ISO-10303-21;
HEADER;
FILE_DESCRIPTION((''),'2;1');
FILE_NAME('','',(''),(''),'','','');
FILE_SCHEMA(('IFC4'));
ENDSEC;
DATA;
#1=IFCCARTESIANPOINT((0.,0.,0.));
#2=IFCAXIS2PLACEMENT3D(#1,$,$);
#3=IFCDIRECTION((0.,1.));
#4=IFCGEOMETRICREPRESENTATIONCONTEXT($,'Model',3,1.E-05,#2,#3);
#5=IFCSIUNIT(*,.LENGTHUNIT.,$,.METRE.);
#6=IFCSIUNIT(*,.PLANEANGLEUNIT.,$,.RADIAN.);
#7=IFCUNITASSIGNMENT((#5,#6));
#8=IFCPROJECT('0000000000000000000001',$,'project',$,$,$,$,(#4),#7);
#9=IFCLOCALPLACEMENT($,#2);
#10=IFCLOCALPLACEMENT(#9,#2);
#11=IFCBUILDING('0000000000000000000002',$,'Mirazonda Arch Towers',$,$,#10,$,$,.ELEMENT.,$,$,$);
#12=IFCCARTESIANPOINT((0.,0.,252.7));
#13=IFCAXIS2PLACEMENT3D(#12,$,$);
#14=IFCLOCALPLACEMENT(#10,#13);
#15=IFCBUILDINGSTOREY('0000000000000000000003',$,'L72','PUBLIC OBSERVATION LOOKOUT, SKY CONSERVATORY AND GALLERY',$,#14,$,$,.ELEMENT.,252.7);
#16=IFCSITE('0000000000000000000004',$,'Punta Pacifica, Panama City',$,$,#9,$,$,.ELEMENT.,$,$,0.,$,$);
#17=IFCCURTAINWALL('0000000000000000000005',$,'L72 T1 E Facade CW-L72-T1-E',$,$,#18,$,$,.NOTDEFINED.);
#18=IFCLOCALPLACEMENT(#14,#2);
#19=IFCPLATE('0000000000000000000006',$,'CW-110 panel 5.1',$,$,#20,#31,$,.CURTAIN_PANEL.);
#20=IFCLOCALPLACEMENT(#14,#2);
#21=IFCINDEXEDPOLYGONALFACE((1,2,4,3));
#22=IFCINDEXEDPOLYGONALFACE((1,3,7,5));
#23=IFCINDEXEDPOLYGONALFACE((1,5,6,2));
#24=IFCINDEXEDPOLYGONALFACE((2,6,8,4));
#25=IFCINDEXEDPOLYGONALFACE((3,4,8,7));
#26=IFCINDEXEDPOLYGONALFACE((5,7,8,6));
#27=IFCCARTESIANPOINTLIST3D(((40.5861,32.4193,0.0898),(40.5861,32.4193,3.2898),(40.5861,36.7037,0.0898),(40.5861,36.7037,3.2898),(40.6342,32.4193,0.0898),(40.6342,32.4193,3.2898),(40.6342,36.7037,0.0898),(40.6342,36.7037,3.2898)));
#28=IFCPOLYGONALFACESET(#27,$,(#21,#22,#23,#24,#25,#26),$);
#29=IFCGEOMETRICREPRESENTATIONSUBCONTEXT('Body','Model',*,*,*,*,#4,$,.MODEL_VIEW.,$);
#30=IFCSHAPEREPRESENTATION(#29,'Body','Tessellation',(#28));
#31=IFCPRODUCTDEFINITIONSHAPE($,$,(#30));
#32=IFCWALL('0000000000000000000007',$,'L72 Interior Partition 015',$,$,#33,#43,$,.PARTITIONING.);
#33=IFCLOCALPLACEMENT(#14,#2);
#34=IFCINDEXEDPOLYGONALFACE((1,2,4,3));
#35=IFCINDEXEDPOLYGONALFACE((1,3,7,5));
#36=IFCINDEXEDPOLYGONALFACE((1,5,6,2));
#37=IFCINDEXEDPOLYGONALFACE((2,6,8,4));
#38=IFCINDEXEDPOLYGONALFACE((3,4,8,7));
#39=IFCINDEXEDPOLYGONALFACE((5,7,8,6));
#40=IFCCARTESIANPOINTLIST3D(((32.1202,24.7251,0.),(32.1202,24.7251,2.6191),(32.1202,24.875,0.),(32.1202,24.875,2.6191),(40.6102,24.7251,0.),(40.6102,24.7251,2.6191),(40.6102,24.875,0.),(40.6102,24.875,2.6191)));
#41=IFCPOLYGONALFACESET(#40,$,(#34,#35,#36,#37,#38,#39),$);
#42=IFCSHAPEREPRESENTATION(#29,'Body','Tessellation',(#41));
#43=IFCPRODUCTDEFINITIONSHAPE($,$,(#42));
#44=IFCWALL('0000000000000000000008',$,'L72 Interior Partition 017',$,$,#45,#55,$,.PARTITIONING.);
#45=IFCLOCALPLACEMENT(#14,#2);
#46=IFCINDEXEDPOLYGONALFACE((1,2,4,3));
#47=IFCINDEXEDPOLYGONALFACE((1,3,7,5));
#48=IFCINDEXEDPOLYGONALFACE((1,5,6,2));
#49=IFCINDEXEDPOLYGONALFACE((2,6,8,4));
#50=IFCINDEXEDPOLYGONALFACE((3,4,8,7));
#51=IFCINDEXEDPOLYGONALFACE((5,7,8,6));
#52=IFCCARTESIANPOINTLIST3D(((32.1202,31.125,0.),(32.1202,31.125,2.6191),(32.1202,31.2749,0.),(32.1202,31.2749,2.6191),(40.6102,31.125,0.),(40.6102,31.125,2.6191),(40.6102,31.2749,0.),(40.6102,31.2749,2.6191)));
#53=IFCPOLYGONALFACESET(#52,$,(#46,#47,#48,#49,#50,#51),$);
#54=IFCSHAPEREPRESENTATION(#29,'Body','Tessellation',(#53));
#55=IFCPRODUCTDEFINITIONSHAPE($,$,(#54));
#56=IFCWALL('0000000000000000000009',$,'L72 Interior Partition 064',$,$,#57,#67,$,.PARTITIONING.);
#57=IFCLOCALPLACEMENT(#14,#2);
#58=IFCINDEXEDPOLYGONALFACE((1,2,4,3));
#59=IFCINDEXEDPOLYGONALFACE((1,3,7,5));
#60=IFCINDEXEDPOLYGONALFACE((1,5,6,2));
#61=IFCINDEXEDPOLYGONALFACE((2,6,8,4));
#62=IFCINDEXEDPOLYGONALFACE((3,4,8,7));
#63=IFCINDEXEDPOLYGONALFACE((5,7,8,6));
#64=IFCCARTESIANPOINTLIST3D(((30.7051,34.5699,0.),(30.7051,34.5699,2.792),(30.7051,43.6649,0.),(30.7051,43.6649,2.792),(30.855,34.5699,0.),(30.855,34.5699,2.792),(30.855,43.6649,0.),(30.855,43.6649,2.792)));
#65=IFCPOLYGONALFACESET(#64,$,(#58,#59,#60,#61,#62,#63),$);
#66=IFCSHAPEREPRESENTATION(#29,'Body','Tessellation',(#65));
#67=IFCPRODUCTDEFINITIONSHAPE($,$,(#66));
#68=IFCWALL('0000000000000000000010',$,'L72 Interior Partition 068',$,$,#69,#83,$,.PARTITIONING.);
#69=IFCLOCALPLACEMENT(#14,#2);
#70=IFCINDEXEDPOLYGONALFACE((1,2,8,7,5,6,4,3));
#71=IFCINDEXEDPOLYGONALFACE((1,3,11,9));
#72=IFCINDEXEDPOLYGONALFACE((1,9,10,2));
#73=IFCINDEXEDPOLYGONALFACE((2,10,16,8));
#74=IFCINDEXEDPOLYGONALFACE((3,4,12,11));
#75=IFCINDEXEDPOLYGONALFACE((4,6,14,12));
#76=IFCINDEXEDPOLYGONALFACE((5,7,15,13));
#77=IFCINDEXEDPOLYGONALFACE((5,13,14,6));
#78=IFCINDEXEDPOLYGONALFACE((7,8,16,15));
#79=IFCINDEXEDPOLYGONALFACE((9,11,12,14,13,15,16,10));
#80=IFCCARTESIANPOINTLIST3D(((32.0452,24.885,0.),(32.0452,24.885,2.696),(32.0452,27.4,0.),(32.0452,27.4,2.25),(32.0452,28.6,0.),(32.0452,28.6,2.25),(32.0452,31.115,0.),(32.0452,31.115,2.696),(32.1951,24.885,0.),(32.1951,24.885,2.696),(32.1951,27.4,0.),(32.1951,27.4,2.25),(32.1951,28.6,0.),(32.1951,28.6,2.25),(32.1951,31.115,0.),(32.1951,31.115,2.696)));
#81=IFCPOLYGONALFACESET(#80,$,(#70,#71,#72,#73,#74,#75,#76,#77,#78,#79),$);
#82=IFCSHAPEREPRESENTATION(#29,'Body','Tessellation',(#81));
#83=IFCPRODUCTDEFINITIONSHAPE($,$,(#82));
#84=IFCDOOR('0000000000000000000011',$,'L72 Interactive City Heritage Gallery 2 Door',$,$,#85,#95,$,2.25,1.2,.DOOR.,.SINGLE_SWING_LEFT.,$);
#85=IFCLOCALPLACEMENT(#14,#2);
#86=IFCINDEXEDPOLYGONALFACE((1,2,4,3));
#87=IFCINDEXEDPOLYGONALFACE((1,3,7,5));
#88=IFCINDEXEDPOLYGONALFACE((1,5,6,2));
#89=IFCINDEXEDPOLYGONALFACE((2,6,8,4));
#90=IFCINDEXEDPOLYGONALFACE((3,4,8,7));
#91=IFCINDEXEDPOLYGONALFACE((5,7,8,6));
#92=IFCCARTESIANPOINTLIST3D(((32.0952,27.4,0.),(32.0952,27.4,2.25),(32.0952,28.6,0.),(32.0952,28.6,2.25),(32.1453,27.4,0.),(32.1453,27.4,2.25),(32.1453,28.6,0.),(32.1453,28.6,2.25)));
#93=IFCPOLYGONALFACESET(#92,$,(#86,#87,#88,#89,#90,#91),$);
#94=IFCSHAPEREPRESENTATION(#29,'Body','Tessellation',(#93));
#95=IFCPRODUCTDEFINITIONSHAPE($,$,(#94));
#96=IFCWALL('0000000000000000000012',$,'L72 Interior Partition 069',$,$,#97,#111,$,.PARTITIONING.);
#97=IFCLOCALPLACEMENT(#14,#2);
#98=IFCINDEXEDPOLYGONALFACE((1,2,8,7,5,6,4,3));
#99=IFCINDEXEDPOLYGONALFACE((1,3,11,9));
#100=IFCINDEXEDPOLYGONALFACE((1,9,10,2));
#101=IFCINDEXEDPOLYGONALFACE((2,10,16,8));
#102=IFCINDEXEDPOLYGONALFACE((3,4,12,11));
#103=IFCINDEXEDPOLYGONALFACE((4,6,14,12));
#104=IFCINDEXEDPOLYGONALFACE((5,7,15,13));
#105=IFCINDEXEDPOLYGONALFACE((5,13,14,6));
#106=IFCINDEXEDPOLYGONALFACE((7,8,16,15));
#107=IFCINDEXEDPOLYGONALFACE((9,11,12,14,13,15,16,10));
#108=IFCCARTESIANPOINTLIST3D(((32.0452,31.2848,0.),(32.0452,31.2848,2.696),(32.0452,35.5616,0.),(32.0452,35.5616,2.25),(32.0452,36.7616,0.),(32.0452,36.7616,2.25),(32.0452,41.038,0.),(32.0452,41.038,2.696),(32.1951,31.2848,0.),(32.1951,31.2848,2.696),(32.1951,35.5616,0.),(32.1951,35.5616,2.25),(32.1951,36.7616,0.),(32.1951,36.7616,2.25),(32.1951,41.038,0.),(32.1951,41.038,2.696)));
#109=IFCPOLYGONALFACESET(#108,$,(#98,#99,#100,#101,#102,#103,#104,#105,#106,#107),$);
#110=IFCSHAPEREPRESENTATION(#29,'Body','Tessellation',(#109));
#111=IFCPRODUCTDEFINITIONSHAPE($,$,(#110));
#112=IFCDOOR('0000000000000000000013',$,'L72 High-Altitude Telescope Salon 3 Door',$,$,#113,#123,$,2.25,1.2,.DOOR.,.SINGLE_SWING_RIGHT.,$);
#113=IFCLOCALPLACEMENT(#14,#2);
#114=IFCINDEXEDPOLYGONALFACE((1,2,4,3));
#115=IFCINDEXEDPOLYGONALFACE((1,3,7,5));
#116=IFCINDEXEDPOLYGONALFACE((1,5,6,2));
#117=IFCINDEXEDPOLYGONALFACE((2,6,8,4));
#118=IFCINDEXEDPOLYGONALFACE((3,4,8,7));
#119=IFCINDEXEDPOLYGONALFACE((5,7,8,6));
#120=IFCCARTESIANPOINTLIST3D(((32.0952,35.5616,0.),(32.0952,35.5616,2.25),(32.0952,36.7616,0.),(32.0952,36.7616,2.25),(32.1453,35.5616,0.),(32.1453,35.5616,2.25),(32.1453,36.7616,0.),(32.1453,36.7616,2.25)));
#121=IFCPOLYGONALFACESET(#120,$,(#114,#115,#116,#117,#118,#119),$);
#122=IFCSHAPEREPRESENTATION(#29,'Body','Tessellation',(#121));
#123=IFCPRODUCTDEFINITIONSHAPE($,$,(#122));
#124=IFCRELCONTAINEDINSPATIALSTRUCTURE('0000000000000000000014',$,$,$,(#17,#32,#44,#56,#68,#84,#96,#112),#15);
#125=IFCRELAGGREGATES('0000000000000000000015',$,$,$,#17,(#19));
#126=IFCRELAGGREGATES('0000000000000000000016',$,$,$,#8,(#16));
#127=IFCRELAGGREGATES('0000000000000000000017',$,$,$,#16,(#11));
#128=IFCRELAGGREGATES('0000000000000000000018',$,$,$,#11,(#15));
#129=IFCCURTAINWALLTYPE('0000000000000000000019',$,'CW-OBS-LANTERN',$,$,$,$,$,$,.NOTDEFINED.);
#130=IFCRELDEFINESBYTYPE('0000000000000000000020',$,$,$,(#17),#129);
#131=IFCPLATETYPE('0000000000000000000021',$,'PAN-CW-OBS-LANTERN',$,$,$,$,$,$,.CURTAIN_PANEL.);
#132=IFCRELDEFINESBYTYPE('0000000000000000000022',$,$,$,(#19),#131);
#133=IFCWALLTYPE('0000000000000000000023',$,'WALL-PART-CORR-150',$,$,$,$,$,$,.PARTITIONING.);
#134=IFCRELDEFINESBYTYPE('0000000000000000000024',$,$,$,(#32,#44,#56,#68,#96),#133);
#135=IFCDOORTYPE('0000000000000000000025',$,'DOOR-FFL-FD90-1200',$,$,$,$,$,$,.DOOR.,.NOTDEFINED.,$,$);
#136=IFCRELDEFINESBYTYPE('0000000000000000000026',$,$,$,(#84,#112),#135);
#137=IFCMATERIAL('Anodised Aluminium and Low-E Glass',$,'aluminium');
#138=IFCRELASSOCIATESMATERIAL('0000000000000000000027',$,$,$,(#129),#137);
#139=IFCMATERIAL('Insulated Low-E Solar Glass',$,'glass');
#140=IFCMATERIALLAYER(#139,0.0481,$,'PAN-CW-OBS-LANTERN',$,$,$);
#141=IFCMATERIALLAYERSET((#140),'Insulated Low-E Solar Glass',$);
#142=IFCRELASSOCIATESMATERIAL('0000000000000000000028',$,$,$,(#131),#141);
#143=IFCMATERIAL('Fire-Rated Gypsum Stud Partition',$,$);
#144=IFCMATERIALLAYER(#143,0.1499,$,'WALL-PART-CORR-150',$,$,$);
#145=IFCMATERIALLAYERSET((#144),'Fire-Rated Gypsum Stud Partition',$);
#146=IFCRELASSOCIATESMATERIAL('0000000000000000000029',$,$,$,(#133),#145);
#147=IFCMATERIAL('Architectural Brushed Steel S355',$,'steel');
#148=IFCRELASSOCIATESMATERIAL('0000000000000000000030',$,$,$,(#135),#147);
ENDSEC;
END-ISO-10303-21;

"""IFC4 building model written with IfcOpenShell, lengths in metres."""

from ifc_helpers import new_model, si_unit, direction, frame, frame_2d, origin, origin_2d, place, context, subcontext, project, spatial, rectangle, extrude, material, layer, layer_set, type_object, element, fill, aggregate, save


model = new_model("IFC4")

# Units and contexts
model_context = context("Model", 3, precision=1e-05, world=origin(), true_north=direction((0.0, 1.0)))
body_context = subcontext(model_context, "Body", "Model", "MODEL_VIEW")
ifc_project = project(units=[si_unit("LENGTHUNIT", "METRE"), si_unit("PLANEANGLEUNIT", "RADIAN")], contexts=[model_context])

# Site, building, storey
site_placement = place(None, origin())
site = spatial("IfcSite", under=ifc_project, at=site_placement, Name="Punta Pacifica, Panama City", CompositionType="ELEMENT", RefElevation=0.0)
building_placement = place(site_placement, origin())
building = spatial("IfcBuilding", under=site, at=building_placement, Name="Mirazonda Arch Towers", CompositionType="ELEMENT")
storey_placement = place(building_placement, frame((0.0, 0.0, 252.7)))
storey = spatial("IfcBuildingStorey", under=building, at=storey_placement, Name="L72", Description="PUBLIC OBSERVATION LOOKOUT, SKY CONSERVATORY AND GALLERY", CompositionType="ELEMENT", Elevation=252.7)

# Curtain wall, plate
ifc_material_1 = material(Name="Anodised Aluminium and Low-E Glass", Category="aluminium")
curtain_wall_type = type_object("IfcCurtainWallType", Name="CW-OBS-LANTERN", PredefinedType="NOTDEFINED", material=ifc_material_1)
curtain_wall_placement = place(storey_placement, origin())
curtain_wall = element("IfcCurtainWall", 1, at=curtain_wall_placement, inside=storey, type_object=curtain_wall_type, Name="L72 T1 E Facade CW-L72-T1-E", PredefinedType="NOTDEFINED")
ifc_material_2 = material(Name="Insulated Low-E Solar Glass", Category="glass")
ifc_layer_1 = layer(ifc_material_2, 0.0481, Name="PAN-CW-OBS-LANTERN")
ifc_layer_set_1 = layer_set([ifc_layer_1], Name="Insulated Low-E Solar Glass")
plate_type = type_object("IfcPlateType", Name="PAN-CW-OBS-LANTERN", PredefinedType="CURTAIN_PANEL", material=ifc_layer_set_1)
plate_1_placement = place(storey_placement, frame((40.6101, 34.5615, 0.0898), z_axis=(0.0, 0.0, 1.0), x_axis=(0.0, 1.0, 0.0)))
plate_1 = element("IfcPlate", 2, at=plate_1_placement, type_object=plate_type, Name="CW-110 panel 5.1", PredefinedType="CURTAIN_PANEL", context=body_context, shape_type="SweptSolid", body=[
    extrude(rectangle(XDim=4.2844, YDim=0.0481, at=origin_2d()), origin(), (0.0, 0.0, 1.0), 3.2),
])
aggregate(curtain_wall, [plate_1])

# Walls
ifc_material_3 = material(Name="Fire-Rated Gypsum Stud Partition")
ifc_layer_2 = layer(ifc_material_3, 0.1499, Name="WALL-PART-CORR-150")
ifc_layer_set_2 = layer_set([ifc_layer_2], Name="Fire-Rated Gypsum Stud Partition")
wall_type = type_object("IfcWallType", Name="WALL-PART-CORR-150", PredefinedType="PARTITIONING", material=ifc_layer_set_2)
for number, where, z_axis, x_axis, name in (
    (3, (32.1201, 24.8, 0.0), (0.0, 0.0, 1.0), (1.0, 0.0, 0.0), "L72 Interior Partition 015"),
    (4, (32.1201, 31.2, 0.0), (0.0, 0.0, 1.0), (1.0, 0.0, 0.0), "L72 Interior Partition 017"),
):
    element("IfcWall", number, at=place(storey_placement, frame(where, z_axis=z_axis, x_axis=x_axis)), inside=storey, type_object=wall_type, Name=name, PredefinedType="PARTITIONING", context=body_context, shape_type="SweptSolid", body=[
        extrude(rectangle(XDim=8.49, YDim=0.1499, at=frame_2d((4.2451, 0.0))), origin(), (0.0, 0.0, 1.0), 2.6191),
    ])
wall_1_placement = place(storey_placement, frame((30.78, 34.5701, 0.0), z_axis=(0.0, 0.0, 1.0), x_axis=(0.0, 1.0, 0.0)))
element("IfcWall", 5, at=wall_1_placement, inside=storey, type_object=wall_type, Name="L72 Interior Partition 064", PredefinedType="PARTITIONING", context=body_context, shape_type="SweptSolid", body=[
    extrude(rectangle(XDim=9.095, YDim=0.1499, at=frame_2d((4.5474, 0.0))), origin(), (0.0, 0.0, 1.0), 2.792),
])

# Walls, openings, doors
wall_2_placement = place(storey_placement, frame((32.1201, 24.885, 0.0), z_axis=(0.0, 0.0, 1.0), x_axis=(0.0, 1.0, 0.0)))
wall_2 = element("IfcWall", 6, at=wall_2_placement, inside=storey, type_object=wall_type, Name="L72 Interior Partition 068", PredefinedType="PARTITIONING", context=body_context, shape_type="SweptSolid", body=[
    extrude(rectangle(XDim=6.23, YDim=0.1499, at=frame_2d((3.115, 0.0))), origin(), (0.0, 0.0, 1.0), 2.696),
])
opening_1_placement = place(wall_2_placement, frame((2.5149, 0.0, 0.0)))
opening_1 = element("IfcOpeningElement", 7, at=opening_1_placement, cuts=wall_2, PredefinedType="OPENING", context=body_context, shape_type="SweptSolid", body=[
    extrude(rectangle(XDim=1.2, YDim=2.25, at=frame_2d((0.6001, 1.125))), frame((0.0, 0.085, 0.0), z_axis=(0.0, -1.0, 0.0), x_axis=(1.0, 0.0, 0.0)), (0.0, 0.0, 1.0), 0.1699),
])
ifc_material_4 = material(Name="Architectural Brushed Steel S355", Category="steel")
door_type = type_object("IfcDoorType", Name="DOOR-FFL-FD90-1200", OperationType="NOTDEFINED", PredefinedType="DOOR", material=ifc_material_4)
door_1_placement = place(opening_1_placement, origin())
door_1 = element("IfcDoor", 8, at=door_1_placement, inside=storey, type_object=door_type, Name="L72 Interactive City Heritage Gallery 2 Door", OperationType="SINGLE_SWING_LEFT", OverallHeight=2.25, OverallWidth=1.2, PredefinedType="DOOR", context=body_context, shape_type="SweptSolid", body=[
    extrude(rectangle(XDim=1.2, YDim=2.25, at=frame_2d((0.6001, 1.125))), frame((0.0, 0.0249, 0.0), z_axis=(0.0, -1.0, 0.0), x_axis=(1.0, 0.0, 0.0)), (0.0, 0.0, 1.0), 0.05),
])
fill(opening_1, door_1)
wall_3_placement = place(storey_placement, frame((32.1201, 31.2849, 0.0), z_axis=(0.0, 0.0, 1.0), x_axis=(0.0, 1.0, 0.0)))
wall_3 = element("IfcWall", 9, at=wall_3_placement, inside=storey, type_object=wall_type, Name="L72 Interior Partition 069", PredefinedType="PARTITIONING", context=body_context, shape_type="SweptSolid", body=[
    extrude(rectangle(XDim=9.7532, YDim=0.1499, at=frame_2d((4.8765, 0.0))), origin(), (0.0, 0.0, 1.0), 2.696),
])
opening_2_placement = place(wall_3_placement, frame((4.2766, 0.0, 0.0)))
opening_2 = element("IfcOpeningElement", 10, at=opening_2_placement, cuts=wall_3, PredefinedType="OPENING", context=body_context, shape_type="SweptSolid", body=[
    extrude(rectangle(XDim=1.2, YDim=2.25, at=frame_2d((0.6001, 1.125))), frame((0.0, 0.085, 0.0), z_axis=(0.0, -1.0, 0.0), x_axis=(1.0, 0.0, 0.0)), (0.0, 0.0, 1.0), 0.1699),
])
door_2_placement = place(opening_2_placement, origin())
door_2 = element("IfcDoor", 11, at=door_2_placement, inside=storey, type_object=door_type, Name="L72 High-Altitude Telescope Salon 3 Door", OperationType="SINGLE_SWING_RIGHT", OverallHeight=2.25, OverallWidth=1.2, PredefinedType="DOOR", context=body_context, shape_type="SweptSolid", body=[
    extrude(rectangle(XDim=1.2, YDim=2.25, at=frame_2d((0.6001, 1.125))), frame((0.0, 0.0249, 0.0), z_axis=(0.0, -1.0, 0.0), x_axis=(1.0, 0.0, 0.0)), (0.0, 0.0, 1.0), 0.05),
])
fill(opening_2, door_2)

save(model, "model.ifc")
